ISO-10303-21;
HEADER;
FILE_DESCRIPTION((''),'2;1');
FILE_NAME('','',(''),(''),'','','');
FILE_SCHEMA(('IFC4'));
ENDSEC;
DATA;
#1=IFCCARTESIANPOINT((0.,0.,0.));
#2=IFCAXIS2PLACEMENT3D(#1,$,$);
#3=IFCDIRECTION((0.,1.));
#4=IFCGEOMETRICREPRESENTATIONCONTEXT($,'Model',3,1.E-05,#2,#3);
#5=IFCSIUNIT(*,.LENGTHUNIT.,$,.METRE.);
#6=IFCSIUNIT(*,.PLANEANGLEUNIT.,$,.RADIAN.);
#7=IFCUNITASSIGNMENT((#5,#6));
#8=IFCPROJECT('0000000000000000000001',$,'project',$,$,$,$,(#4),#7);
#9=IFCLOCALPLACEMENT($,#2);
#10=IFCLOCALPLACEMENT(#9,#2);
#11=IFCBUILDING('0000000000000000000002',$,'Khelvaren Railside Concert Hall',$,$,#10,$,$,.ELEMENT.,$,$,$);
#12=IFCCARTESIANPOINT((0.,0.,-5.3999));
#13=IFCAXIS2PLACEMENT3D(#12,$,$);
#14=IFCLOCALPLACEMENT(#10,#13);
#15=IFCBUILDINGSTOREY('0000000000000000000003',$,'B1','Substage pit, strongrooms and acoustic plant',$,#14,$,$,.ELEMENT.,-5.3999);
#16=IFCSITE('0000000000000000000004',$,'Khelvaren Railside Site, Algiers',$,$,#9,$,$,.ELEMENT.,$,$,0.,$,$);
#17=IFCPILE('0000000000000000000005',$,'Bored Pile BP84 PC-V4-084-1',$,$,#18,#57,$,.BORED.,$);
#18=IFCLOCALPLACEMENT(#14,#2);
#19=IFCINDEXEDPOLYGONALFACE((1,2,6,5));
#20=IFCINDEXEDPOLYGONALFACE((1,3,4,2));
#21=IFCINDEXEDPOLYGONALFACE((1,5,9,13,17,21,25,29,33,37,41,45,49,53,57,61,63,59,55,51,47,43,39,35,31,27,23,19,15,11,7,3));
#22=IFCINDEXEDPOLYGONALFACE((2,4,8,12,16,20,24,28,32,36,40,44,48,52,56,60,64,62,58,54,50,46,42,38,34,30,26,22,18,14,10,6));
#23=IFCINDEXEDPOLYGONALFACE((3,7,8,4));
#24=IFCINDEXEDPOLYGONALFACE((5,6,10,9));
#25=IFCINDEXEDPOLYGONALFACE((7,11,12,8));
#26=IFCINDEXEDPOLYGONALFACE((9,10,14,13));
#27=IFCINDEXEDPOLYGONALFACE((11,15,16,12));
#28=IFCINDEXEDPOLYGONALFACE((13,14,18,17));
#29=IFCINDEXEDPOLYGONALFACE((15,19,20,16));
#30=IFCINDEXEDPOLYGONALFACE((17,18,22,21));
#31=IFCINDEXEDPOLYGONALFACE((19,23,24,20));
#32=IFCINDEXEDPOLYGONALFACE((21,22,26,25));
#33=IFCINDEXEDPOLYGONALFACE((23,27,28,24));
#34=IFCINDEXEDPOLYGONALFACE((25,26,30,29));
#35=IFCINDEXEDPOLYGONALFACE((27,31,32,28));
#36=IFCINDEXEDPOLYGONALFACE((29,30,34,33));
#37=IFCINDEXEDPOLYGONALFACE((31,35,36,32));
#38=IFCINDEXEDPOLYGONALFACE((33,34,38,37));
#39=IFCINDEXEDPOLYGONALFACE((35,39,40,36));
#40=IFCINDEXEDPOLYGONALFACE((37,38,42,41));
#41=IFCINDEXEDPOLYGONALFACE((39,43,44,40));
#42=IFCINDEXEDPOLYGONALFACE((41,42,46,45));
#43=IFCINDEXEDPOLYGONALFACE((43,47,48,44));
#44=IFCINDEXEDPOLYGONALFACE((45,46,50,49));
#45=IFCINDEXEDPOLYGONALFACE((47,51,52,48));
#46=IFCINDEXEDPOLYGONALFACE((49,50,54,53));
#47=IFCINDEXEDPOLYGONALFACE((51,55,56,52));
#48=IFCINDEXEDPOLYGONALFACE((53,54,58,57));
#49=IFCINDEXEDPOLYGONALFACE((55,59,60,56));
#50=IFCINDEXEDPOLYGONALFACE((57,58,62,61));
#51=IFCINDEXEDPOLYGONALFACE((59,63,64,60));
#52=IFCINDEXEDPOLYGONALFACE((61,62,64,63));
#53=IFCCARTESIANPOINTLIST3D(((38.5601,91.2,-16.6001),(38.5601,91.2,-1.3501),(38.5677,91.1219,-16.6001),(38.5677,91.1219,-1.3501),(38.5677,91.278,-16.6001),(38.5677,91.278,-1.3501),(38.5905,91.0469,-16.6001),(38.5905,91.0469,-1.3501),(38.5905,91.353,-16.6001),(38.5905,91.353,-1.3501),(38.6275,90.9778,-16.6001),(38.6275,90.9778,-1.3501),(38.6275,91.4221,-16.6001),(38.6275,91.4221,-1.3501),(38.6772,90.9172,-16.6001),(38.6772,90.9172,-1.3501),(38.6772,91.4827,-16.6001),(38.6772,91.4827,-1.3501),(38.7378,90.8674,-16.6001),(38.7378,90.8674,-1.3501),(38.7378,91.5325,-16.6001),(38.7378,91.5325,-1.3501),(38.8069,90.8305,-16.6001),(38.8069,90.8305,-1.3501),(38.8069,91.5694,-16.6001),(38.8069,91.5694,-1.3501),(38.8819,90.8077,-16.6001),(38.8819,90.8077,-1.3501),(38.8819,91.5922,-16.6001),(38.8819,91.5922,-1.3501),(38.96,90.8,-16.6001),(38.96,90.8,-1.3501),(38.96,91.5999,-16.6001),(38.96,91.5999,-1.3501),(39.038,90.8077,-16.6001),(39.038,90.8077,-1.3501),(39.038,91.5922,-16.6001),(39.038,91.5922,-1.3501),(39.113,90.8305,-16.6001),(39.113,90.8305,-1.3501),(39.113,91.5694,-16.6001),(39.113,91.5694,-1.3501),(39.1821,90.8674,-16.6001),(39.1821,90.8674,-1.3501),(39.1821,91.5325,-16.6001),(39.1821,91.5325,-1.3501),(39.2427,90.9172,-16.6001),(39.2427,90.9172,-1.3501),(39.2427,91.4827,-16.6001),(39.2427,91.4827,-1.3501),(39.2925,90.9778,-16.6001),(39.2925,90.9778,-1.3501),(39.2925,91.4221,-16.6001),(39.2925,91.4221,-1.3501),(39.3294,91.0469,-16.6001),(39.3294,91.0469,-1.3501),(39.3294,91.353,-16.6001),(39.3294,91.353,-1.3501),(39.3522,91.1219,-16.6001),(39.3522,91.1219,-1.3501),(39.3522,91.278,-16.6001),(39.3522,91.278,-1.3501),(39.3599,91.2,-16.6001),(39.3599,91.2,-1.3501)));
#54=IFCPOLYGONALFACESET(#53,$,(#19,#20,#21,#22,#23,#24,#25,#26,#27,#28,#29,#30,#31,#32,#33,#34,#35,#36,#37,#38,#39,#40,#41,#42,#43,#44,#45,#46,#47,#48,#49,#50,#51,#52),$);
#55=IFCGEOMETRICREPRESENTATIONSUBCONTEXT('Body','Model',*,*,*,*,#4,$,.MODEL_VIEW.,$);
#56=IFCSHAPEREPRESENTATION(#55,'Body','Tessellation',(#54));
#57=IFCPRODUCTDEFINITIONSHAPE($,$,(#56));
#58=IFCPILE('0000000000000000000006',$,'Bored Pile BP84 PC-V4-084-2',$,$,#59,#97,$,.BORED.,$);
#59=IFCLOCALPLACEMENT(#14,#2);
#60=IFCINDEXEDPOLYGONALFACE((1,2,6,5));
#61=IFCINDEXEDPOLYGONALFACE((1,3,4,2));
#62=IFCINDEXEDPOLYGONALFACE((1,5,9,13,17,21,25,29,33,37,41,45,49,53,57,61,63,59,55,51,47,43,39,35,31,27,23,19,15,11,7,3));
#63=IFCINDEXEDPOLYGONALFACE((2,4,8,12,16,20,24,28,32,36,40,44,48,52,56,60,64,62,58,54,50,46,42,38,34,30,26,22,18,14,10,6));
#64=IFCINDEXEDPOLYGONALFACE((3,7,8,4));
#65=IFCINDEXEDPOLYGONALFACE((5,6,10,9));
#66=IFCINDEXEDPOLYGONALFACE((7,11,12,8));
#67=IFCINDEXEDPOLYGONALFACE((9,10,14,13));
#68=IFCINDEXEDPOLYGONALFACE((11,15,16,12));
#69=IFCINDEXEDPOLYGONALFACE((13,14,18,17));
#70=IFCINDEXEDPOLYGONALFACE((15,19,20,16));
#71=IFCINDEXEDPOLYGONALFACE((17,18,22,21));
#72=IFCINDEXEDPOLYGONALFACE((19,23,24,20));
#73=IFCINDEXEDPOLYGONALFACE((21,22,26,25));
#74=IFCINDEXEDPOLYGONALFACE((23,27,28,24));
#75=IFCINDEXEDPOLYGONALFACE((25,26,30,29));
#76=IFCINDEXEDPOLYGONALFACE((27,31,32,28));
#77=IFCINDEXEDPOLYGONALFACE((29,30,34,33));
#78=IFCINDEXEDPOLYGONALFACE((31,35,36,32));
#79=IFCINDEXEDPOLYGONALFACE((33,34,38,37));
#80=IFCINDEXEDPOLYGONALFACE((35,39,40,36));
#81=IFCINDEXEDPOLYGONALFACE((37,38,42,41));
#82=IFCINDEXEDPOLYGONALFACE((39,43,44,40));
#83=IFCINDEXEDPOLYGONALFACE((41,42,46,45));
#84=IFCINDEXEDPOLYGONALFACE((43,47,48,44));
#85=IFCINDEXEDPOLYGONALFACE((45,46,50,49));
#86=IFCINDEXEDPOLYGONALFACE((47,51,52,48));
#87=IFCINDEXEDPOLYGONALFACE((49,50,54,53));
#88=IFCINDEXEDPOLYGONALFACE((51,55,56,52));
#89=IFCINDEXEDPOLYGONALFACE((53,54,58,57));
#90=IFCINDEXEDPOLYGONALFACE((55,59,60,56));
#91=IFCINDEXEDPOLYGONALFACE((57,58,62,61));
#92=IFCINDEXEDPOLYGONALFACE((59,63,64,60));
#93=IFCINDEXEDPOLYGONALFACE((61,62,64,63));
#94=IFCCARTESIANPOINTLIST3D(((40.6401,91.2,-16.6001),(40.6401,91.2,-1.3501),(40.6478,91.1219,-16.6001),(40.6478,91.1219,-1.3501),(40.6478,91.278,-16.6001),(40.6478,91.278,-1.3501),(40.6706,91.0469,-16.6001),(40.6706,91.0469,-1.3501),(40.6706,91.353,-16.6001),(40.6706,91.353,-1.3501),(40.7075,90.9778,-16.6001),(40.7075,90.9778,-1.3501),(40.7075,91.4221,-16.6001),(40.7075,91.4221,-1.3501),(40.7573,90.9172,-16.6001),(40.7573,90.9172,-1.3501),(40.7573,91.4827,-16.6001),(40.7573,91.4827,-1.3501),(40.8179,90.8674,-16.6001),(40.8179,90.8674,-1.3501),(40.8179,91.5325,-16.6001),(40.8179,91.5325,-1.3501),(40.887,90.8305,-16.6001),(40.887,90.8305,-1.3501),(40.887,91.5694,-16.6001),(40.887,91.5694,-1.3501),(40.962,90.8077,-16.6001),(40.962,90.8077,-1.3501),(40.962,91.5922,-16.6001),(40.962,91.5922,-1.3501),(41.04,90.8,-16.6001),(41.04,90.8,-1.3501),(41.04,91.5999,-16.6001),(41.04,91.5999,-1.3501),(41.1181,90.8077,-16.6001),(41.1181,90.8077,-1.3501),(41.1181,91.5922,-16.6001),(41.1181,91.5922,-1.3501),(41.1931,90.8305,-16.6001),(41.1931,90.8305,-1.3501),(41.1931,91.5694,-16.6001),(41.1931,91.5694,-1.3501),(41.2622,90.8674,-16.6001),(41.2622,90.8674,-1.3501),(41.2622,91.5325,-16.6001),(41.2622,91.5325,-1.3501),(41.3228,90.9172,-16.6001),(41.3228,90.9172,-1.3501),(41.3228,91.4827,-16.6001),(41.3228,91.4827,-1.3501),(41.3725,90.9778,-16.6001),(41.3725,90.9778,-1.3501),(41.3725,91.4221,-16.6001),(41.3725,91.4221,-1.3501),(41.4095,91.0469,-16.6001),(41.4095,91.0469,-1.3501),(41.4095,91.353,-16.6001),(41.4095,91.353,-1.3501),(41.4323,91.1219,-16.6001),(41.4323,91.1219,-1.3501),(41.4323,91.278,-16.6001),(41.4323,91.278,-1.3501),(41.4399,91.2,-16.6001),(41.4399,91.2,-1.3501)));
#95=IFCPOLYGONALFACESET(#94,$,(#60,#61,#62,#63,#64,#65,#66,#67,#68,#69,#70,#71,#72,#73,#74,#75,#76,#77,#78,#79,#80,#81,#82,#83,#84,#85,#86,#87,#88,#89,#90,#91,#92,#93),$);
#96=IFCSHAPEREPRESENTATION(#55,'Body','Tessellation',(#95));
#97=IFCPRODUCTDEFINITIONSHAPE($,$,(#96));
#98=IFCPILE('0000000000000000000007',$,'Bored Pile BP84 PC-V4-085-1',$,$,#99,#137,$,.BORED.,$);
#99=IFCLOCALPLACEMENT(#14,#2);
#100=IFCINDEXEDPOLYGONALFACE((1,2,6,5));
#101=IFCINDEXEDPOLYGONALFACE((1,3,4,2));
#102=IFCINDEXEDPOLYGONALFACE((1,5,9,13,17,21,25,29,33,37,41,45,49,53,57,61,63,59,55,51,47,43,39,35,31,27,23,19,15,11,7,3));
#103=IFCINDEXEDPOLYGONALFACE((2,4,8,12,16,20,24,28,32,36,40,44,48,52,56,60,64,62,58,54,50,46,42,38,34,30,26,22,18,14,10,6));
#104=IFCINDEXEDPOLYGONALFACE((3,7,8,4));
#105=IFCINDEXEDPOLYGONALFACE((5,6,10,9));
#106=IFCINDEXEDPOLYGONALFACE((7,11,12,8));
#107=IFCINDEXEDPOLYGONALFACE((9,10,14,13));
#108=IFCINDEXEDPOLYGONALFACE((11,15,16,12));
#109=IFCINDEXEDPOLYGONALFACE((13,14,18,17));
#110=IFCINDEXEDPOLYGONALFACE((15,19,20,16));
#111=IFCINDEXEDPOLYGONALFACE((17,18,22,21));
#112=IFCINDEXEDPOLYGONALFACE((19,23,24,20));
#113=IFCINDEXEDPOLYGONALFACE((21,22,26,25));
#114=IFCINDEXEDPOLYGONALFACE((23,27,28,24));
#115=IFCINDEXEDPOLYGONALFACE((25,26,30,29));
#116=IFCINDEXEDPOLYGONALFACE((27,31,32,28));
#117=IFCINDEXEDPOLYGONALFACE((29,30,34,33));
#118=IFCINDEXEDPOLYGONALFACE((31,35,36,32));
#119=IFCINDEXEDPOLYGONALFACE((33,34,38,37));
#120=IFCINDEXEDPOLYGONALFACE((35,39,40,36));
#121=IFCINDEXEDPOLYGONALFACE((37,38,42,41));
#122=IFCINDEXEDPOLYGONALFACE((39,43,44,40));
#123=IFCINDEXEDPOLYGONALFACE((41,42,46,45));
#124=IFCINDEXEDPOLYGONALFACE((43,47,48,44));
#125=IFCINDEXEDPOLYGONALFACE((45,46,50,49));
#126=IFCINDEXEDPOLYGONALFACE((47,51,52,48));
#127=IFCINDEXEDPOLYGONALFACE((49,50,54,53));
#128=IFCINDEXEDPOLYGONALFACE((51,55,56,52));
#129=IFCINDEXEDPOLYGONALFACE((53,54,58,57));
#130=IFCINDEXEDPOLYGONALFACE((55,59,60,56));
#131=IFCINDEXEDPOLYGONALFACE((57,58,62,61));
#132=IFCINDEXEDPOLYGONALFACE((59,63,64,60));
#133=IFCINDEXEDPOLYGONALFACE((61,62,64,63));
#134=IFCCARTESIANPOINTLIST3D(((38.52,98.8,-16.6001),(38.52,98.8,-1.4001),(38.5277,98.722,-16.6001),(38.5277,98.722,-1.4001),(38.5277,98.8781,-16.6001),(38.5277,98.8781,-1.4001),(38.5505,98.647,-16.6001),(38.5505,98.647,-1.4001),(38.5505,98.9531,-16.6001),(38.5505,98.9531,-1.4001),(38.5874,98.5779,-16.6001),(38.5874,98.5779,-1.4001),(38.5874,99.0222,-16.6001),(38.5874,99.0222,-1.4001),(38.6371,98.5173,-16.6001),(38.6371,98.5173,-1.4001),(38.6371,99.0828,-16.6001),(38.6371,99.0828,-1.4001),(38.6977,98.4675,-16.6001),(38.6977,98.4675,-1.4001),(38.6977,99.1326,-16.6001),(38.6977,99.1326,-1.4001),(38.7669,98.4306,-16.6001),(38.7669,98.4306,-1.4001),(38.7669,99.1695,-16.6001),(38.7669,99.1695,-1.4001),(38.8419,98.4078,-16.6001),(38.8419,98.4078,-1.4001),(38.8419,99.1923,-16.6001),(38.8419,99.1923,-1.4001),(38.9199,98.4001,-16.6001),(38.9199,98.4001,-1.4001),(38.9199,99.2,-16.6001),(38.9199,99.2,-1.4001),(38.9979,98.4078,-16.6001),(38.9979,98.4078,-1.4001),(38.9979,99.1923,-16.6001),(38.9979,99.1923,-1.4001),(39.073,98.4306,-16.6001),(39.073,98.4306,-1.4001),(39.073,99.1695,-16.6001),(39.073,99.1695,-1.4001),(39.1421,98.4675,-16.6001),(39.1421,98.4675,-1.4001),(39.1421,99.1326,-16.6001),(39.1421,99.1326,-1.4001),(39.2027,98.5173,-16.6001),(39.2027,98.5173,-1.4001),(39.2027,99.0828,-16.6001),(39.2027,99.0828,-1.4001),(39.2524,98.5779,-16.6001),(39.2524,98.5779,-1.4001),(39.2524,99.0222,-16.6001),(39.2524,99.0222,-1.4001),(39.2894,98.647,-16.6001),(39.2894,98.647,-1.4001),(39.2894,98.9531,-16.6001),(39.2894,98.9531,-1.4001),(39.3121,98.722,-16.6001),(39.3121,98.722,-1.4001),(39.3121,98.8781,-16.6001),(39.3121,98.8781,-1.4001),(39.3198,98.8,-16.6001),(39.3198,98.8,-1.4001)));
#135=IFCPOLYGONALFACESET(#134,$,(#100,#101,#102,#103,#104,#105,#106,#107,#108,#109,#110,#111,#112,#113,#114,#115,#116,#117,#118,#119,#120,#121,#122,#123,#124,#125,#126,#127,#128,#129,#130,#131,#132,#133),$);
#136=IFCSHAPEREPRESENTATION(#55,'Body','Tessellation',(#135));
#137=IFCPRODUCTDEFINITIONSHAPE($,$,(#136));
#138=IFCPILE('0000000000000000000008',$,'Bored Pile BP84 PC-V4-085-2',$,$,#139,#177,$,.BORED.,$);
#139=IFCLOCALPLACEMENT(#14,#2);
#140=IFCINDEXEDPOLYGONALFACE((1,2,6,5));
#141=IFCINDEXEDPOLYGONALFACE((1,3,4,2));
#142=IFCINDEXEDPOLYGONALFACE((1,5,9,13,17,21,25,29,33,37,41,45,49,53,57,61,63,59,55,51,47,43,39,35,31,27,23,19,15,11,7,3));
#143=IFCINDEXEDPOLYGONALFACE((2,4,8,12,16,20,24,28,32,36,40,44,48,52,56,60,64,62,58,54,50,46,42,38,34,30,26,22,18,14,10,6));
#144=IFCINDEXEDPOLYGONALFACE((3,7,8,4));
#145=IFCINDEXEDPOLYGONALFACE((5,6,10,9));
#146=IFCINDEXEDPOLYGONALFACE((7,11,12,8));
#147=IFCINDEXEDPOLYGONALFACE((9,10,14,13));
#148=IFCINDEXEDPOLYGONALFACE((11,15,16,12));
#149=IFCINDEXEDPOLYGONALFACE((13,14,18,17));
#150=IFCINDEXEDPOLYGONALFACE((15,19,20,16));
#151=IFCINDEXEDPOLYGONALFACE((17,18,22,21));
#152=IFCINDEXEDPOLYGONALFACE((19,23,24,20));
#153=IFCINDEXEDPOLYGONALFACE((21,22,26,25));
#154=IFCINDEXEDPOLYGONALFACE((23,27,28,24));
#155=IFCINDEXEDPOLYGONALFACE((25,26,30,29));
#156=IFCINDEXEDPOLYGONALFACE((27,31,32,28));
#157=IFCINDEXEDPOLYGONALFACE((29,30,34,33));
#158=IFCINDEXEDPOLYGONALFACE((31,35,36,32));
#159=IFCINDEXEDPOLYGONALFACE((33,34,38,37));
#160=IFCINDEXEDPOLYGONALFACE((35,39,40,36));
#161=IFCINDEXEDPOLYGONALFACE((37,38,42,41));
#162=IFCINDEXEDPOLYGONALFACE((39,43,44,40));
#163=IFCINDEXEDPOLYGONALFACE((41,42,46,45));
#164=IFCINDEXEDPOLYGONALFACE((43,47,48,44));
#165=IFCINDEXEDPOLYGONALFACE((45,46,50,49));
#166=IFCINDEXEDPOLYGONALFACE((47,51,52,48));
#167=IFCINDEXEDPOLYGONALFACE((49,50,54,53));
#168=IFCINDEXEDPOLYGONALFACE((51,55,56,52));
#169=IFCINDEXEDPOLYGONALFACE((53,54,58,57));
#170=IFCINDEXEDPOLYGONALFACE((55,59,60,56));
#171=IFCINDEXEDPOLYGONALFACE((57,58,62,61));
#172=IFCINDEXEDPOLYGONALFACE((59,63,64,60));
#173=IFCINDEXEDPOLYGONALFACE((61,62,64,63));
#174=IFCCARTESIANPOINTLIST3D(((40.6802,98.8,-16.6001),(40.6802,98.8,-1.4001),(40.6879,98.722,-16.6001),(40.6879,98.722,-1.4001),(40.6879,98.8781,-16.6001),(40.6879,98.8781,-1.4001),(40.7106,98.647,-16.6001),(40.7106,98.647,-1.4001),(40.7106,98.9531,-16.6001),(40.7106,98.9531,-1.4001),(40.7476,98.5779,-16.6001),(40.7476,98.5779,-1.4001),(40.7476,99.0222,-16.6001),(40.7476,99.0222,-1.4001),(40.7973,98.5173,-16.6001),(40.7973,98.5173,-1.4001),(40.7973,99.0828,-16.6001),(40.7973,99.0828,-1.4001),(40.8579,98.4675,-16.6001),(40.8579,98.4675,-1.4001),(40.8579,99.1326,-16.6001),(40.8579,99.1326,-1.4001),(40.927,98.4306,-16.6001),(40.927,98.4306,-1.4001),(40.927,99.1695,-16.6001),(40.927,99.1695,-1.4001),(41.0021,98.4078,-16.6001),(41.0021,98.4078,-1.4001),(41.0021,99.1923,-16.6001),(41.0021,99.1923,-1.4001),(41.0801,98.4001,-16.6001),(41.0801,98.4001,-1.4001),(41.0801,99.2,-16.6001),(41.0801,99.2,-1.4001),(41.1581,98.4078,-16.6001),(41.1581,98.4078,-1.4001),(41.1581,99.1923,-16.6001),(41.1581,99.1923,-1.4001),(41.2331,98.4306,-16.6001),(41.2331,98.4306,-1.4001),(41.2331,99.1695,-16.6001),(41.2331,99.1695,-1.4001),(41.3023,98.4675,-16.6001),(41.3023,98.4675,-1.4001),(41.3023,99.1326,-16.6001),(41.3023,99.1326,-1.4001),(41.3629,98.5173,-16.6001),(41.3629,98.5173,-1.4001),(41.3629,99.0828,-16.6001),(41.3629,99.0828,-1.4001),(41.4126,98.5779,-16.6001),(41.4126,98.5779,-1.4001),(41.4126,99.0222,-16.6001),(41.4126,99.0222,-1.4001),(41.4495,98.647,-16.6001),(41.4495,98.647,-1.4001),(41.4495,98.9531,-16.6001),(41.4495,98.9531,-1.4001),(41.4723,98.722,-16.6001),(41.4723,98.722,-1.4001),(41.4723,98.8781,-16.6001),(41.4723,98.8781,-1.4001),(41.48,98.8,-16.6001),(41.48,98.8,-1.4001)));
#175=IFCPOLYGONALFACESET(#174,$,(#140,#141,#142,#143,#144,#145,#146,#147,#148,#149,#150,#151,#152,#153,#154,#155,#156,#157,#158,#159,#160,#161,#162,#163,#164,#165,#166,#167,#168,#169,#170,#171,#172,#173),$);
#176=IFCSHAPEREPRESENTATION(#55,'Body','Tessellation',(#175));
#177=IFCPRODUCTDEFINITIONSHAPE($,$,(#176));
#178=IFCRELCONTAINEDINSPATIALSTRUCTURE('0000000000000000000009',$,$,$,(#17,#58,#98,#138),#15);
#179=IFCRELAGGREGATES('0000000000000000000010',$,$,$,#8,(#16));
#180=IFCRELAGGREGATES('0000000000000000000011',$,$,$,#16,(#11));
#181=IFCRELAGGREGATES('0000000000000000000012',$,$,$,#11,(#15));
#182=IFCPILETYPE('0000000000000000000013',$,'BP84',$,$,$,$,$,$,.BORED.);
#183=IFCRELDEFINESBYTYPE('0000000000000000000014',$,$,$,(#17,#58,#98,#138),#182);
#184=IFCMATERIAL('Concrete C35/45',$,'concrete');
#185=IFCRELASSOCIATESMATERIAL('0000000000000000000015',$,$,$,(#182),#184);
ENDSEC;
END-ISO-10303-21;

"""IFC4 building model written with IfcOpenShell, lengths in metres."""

from ifc_helpers import new_model, si_unit, direction, frame, origin, origin_2d, place, context, subcontext, project, spatial, circle, extrude, material, material_profile, profile_set, type_object, element, save


model = new_model("IFC4")

# Units and contexts
model_context = context("Model", 3, precision=1e-05, world=origin(), true_north=direction((0.0, 1.0)))
body_context = subcontext(model_context, "Body", "Model", "MODEL_VIEW")
ifc_project = project(units=[si_unit("LENGTHUNIT", "METRE"), si_unit("PLANEANGLEUNIT", "RADIAN")], contexts=[model_context])

# Site, building, storey
site_placement = place(None, origin())
site = spatial("IfcSite", under=ifc_project, at=site_placement, Name="Khelvaren Railside Site, Algiers", CompositionType="ELEMENT", RefElevation=0.0)
building_placement = place(site_placement, origin())
building = spatial("IfcBuilding", under=site, at=building_placement, Name="Khelvaren Railside Concert Hall", CompositionType="ELEMENT")
storey_placement = place(building_placement, frame((0.0, 0.0, -5.3999)))
storey = spatial("IfcBuildingStorey", under=building, at=storey_placement, Name="B1", Description="Substage pit, strongrooms and acoustic plant", CompositionType="ELEMENT", Elevation=-5.3999)

# Piles
ifc_material_1 = material(Name="Concrete C35/45", Category="concrete")
ifc_material_profile_1 = material_profile(ifc_material_1, circle(Radius=0.3999, at=origin_2d()), Name="BP D800")
ifc_profile_set_1 = profile_set([ifc_material_profile_1], Name="Concrete C35/45")
pile_type_1 = type_object("IfcPileType", Name="BP84", PredefinedType="BORED", material=ifc_profile_set_1)
for number, where, z_axis, x_axis, name in (
    (1, (38.96, 91.2, -1.3501), (0.0, 0.0, -1.0), (1.0, 0.0, 0.0), "Bored Pile BP84 PC-V4-084-1"),
    (2, (41.04, 91.2, -1.3501), (0.0, 0.0, -1.0), (1.0, 0.0, 0.0), "Bored Pile BP84 PC-V4-084-2"),
):
    element("IfcPile", number, at=place(storey_placement, frame(where, z_axis=z_axis, x_axis=x_axis)), inside=storey, type_object=pile_type_1, Name=name, PredefinedType="BORED", context=body_context, shape_type="SweptSolid", body=[
        extrude(circle(Radius=0.3999, at=origin_2d()), origin(), (0.0, 0.0, 1.0), 15.25),
    ])
for number, where, z_axis, x_axis, name in (
    (3, (38.9199, 98.8, -1.4001), (0.0, 0.0, -1.0), (1.0, 0.0, 0.0), "Bored Pile BP84 PC-V4-085-1"),
    (4, (41.0801, 98.8, -1.4001), (0.0, 0.0, -1.0), (1.0, 0.0, 0.0), "Bored Pile BP84 PC-V4-085-2"),
):
    element("IfcPile", number, at=place(storey_placement, frame(where, z_axis=z_axis, x_axis=x_axis)), inside=storey, type_object=pile_type_1, Name=name, PredefinedType="BORED", context=body_context, shape_type="SweptSolid", body=[
        extrude(circle(Radius=0.3999, at=origin_2d()), origin(), (0.0, 0.0, 1.0), 15.2),
    ])

save(model, "model.ifc")
